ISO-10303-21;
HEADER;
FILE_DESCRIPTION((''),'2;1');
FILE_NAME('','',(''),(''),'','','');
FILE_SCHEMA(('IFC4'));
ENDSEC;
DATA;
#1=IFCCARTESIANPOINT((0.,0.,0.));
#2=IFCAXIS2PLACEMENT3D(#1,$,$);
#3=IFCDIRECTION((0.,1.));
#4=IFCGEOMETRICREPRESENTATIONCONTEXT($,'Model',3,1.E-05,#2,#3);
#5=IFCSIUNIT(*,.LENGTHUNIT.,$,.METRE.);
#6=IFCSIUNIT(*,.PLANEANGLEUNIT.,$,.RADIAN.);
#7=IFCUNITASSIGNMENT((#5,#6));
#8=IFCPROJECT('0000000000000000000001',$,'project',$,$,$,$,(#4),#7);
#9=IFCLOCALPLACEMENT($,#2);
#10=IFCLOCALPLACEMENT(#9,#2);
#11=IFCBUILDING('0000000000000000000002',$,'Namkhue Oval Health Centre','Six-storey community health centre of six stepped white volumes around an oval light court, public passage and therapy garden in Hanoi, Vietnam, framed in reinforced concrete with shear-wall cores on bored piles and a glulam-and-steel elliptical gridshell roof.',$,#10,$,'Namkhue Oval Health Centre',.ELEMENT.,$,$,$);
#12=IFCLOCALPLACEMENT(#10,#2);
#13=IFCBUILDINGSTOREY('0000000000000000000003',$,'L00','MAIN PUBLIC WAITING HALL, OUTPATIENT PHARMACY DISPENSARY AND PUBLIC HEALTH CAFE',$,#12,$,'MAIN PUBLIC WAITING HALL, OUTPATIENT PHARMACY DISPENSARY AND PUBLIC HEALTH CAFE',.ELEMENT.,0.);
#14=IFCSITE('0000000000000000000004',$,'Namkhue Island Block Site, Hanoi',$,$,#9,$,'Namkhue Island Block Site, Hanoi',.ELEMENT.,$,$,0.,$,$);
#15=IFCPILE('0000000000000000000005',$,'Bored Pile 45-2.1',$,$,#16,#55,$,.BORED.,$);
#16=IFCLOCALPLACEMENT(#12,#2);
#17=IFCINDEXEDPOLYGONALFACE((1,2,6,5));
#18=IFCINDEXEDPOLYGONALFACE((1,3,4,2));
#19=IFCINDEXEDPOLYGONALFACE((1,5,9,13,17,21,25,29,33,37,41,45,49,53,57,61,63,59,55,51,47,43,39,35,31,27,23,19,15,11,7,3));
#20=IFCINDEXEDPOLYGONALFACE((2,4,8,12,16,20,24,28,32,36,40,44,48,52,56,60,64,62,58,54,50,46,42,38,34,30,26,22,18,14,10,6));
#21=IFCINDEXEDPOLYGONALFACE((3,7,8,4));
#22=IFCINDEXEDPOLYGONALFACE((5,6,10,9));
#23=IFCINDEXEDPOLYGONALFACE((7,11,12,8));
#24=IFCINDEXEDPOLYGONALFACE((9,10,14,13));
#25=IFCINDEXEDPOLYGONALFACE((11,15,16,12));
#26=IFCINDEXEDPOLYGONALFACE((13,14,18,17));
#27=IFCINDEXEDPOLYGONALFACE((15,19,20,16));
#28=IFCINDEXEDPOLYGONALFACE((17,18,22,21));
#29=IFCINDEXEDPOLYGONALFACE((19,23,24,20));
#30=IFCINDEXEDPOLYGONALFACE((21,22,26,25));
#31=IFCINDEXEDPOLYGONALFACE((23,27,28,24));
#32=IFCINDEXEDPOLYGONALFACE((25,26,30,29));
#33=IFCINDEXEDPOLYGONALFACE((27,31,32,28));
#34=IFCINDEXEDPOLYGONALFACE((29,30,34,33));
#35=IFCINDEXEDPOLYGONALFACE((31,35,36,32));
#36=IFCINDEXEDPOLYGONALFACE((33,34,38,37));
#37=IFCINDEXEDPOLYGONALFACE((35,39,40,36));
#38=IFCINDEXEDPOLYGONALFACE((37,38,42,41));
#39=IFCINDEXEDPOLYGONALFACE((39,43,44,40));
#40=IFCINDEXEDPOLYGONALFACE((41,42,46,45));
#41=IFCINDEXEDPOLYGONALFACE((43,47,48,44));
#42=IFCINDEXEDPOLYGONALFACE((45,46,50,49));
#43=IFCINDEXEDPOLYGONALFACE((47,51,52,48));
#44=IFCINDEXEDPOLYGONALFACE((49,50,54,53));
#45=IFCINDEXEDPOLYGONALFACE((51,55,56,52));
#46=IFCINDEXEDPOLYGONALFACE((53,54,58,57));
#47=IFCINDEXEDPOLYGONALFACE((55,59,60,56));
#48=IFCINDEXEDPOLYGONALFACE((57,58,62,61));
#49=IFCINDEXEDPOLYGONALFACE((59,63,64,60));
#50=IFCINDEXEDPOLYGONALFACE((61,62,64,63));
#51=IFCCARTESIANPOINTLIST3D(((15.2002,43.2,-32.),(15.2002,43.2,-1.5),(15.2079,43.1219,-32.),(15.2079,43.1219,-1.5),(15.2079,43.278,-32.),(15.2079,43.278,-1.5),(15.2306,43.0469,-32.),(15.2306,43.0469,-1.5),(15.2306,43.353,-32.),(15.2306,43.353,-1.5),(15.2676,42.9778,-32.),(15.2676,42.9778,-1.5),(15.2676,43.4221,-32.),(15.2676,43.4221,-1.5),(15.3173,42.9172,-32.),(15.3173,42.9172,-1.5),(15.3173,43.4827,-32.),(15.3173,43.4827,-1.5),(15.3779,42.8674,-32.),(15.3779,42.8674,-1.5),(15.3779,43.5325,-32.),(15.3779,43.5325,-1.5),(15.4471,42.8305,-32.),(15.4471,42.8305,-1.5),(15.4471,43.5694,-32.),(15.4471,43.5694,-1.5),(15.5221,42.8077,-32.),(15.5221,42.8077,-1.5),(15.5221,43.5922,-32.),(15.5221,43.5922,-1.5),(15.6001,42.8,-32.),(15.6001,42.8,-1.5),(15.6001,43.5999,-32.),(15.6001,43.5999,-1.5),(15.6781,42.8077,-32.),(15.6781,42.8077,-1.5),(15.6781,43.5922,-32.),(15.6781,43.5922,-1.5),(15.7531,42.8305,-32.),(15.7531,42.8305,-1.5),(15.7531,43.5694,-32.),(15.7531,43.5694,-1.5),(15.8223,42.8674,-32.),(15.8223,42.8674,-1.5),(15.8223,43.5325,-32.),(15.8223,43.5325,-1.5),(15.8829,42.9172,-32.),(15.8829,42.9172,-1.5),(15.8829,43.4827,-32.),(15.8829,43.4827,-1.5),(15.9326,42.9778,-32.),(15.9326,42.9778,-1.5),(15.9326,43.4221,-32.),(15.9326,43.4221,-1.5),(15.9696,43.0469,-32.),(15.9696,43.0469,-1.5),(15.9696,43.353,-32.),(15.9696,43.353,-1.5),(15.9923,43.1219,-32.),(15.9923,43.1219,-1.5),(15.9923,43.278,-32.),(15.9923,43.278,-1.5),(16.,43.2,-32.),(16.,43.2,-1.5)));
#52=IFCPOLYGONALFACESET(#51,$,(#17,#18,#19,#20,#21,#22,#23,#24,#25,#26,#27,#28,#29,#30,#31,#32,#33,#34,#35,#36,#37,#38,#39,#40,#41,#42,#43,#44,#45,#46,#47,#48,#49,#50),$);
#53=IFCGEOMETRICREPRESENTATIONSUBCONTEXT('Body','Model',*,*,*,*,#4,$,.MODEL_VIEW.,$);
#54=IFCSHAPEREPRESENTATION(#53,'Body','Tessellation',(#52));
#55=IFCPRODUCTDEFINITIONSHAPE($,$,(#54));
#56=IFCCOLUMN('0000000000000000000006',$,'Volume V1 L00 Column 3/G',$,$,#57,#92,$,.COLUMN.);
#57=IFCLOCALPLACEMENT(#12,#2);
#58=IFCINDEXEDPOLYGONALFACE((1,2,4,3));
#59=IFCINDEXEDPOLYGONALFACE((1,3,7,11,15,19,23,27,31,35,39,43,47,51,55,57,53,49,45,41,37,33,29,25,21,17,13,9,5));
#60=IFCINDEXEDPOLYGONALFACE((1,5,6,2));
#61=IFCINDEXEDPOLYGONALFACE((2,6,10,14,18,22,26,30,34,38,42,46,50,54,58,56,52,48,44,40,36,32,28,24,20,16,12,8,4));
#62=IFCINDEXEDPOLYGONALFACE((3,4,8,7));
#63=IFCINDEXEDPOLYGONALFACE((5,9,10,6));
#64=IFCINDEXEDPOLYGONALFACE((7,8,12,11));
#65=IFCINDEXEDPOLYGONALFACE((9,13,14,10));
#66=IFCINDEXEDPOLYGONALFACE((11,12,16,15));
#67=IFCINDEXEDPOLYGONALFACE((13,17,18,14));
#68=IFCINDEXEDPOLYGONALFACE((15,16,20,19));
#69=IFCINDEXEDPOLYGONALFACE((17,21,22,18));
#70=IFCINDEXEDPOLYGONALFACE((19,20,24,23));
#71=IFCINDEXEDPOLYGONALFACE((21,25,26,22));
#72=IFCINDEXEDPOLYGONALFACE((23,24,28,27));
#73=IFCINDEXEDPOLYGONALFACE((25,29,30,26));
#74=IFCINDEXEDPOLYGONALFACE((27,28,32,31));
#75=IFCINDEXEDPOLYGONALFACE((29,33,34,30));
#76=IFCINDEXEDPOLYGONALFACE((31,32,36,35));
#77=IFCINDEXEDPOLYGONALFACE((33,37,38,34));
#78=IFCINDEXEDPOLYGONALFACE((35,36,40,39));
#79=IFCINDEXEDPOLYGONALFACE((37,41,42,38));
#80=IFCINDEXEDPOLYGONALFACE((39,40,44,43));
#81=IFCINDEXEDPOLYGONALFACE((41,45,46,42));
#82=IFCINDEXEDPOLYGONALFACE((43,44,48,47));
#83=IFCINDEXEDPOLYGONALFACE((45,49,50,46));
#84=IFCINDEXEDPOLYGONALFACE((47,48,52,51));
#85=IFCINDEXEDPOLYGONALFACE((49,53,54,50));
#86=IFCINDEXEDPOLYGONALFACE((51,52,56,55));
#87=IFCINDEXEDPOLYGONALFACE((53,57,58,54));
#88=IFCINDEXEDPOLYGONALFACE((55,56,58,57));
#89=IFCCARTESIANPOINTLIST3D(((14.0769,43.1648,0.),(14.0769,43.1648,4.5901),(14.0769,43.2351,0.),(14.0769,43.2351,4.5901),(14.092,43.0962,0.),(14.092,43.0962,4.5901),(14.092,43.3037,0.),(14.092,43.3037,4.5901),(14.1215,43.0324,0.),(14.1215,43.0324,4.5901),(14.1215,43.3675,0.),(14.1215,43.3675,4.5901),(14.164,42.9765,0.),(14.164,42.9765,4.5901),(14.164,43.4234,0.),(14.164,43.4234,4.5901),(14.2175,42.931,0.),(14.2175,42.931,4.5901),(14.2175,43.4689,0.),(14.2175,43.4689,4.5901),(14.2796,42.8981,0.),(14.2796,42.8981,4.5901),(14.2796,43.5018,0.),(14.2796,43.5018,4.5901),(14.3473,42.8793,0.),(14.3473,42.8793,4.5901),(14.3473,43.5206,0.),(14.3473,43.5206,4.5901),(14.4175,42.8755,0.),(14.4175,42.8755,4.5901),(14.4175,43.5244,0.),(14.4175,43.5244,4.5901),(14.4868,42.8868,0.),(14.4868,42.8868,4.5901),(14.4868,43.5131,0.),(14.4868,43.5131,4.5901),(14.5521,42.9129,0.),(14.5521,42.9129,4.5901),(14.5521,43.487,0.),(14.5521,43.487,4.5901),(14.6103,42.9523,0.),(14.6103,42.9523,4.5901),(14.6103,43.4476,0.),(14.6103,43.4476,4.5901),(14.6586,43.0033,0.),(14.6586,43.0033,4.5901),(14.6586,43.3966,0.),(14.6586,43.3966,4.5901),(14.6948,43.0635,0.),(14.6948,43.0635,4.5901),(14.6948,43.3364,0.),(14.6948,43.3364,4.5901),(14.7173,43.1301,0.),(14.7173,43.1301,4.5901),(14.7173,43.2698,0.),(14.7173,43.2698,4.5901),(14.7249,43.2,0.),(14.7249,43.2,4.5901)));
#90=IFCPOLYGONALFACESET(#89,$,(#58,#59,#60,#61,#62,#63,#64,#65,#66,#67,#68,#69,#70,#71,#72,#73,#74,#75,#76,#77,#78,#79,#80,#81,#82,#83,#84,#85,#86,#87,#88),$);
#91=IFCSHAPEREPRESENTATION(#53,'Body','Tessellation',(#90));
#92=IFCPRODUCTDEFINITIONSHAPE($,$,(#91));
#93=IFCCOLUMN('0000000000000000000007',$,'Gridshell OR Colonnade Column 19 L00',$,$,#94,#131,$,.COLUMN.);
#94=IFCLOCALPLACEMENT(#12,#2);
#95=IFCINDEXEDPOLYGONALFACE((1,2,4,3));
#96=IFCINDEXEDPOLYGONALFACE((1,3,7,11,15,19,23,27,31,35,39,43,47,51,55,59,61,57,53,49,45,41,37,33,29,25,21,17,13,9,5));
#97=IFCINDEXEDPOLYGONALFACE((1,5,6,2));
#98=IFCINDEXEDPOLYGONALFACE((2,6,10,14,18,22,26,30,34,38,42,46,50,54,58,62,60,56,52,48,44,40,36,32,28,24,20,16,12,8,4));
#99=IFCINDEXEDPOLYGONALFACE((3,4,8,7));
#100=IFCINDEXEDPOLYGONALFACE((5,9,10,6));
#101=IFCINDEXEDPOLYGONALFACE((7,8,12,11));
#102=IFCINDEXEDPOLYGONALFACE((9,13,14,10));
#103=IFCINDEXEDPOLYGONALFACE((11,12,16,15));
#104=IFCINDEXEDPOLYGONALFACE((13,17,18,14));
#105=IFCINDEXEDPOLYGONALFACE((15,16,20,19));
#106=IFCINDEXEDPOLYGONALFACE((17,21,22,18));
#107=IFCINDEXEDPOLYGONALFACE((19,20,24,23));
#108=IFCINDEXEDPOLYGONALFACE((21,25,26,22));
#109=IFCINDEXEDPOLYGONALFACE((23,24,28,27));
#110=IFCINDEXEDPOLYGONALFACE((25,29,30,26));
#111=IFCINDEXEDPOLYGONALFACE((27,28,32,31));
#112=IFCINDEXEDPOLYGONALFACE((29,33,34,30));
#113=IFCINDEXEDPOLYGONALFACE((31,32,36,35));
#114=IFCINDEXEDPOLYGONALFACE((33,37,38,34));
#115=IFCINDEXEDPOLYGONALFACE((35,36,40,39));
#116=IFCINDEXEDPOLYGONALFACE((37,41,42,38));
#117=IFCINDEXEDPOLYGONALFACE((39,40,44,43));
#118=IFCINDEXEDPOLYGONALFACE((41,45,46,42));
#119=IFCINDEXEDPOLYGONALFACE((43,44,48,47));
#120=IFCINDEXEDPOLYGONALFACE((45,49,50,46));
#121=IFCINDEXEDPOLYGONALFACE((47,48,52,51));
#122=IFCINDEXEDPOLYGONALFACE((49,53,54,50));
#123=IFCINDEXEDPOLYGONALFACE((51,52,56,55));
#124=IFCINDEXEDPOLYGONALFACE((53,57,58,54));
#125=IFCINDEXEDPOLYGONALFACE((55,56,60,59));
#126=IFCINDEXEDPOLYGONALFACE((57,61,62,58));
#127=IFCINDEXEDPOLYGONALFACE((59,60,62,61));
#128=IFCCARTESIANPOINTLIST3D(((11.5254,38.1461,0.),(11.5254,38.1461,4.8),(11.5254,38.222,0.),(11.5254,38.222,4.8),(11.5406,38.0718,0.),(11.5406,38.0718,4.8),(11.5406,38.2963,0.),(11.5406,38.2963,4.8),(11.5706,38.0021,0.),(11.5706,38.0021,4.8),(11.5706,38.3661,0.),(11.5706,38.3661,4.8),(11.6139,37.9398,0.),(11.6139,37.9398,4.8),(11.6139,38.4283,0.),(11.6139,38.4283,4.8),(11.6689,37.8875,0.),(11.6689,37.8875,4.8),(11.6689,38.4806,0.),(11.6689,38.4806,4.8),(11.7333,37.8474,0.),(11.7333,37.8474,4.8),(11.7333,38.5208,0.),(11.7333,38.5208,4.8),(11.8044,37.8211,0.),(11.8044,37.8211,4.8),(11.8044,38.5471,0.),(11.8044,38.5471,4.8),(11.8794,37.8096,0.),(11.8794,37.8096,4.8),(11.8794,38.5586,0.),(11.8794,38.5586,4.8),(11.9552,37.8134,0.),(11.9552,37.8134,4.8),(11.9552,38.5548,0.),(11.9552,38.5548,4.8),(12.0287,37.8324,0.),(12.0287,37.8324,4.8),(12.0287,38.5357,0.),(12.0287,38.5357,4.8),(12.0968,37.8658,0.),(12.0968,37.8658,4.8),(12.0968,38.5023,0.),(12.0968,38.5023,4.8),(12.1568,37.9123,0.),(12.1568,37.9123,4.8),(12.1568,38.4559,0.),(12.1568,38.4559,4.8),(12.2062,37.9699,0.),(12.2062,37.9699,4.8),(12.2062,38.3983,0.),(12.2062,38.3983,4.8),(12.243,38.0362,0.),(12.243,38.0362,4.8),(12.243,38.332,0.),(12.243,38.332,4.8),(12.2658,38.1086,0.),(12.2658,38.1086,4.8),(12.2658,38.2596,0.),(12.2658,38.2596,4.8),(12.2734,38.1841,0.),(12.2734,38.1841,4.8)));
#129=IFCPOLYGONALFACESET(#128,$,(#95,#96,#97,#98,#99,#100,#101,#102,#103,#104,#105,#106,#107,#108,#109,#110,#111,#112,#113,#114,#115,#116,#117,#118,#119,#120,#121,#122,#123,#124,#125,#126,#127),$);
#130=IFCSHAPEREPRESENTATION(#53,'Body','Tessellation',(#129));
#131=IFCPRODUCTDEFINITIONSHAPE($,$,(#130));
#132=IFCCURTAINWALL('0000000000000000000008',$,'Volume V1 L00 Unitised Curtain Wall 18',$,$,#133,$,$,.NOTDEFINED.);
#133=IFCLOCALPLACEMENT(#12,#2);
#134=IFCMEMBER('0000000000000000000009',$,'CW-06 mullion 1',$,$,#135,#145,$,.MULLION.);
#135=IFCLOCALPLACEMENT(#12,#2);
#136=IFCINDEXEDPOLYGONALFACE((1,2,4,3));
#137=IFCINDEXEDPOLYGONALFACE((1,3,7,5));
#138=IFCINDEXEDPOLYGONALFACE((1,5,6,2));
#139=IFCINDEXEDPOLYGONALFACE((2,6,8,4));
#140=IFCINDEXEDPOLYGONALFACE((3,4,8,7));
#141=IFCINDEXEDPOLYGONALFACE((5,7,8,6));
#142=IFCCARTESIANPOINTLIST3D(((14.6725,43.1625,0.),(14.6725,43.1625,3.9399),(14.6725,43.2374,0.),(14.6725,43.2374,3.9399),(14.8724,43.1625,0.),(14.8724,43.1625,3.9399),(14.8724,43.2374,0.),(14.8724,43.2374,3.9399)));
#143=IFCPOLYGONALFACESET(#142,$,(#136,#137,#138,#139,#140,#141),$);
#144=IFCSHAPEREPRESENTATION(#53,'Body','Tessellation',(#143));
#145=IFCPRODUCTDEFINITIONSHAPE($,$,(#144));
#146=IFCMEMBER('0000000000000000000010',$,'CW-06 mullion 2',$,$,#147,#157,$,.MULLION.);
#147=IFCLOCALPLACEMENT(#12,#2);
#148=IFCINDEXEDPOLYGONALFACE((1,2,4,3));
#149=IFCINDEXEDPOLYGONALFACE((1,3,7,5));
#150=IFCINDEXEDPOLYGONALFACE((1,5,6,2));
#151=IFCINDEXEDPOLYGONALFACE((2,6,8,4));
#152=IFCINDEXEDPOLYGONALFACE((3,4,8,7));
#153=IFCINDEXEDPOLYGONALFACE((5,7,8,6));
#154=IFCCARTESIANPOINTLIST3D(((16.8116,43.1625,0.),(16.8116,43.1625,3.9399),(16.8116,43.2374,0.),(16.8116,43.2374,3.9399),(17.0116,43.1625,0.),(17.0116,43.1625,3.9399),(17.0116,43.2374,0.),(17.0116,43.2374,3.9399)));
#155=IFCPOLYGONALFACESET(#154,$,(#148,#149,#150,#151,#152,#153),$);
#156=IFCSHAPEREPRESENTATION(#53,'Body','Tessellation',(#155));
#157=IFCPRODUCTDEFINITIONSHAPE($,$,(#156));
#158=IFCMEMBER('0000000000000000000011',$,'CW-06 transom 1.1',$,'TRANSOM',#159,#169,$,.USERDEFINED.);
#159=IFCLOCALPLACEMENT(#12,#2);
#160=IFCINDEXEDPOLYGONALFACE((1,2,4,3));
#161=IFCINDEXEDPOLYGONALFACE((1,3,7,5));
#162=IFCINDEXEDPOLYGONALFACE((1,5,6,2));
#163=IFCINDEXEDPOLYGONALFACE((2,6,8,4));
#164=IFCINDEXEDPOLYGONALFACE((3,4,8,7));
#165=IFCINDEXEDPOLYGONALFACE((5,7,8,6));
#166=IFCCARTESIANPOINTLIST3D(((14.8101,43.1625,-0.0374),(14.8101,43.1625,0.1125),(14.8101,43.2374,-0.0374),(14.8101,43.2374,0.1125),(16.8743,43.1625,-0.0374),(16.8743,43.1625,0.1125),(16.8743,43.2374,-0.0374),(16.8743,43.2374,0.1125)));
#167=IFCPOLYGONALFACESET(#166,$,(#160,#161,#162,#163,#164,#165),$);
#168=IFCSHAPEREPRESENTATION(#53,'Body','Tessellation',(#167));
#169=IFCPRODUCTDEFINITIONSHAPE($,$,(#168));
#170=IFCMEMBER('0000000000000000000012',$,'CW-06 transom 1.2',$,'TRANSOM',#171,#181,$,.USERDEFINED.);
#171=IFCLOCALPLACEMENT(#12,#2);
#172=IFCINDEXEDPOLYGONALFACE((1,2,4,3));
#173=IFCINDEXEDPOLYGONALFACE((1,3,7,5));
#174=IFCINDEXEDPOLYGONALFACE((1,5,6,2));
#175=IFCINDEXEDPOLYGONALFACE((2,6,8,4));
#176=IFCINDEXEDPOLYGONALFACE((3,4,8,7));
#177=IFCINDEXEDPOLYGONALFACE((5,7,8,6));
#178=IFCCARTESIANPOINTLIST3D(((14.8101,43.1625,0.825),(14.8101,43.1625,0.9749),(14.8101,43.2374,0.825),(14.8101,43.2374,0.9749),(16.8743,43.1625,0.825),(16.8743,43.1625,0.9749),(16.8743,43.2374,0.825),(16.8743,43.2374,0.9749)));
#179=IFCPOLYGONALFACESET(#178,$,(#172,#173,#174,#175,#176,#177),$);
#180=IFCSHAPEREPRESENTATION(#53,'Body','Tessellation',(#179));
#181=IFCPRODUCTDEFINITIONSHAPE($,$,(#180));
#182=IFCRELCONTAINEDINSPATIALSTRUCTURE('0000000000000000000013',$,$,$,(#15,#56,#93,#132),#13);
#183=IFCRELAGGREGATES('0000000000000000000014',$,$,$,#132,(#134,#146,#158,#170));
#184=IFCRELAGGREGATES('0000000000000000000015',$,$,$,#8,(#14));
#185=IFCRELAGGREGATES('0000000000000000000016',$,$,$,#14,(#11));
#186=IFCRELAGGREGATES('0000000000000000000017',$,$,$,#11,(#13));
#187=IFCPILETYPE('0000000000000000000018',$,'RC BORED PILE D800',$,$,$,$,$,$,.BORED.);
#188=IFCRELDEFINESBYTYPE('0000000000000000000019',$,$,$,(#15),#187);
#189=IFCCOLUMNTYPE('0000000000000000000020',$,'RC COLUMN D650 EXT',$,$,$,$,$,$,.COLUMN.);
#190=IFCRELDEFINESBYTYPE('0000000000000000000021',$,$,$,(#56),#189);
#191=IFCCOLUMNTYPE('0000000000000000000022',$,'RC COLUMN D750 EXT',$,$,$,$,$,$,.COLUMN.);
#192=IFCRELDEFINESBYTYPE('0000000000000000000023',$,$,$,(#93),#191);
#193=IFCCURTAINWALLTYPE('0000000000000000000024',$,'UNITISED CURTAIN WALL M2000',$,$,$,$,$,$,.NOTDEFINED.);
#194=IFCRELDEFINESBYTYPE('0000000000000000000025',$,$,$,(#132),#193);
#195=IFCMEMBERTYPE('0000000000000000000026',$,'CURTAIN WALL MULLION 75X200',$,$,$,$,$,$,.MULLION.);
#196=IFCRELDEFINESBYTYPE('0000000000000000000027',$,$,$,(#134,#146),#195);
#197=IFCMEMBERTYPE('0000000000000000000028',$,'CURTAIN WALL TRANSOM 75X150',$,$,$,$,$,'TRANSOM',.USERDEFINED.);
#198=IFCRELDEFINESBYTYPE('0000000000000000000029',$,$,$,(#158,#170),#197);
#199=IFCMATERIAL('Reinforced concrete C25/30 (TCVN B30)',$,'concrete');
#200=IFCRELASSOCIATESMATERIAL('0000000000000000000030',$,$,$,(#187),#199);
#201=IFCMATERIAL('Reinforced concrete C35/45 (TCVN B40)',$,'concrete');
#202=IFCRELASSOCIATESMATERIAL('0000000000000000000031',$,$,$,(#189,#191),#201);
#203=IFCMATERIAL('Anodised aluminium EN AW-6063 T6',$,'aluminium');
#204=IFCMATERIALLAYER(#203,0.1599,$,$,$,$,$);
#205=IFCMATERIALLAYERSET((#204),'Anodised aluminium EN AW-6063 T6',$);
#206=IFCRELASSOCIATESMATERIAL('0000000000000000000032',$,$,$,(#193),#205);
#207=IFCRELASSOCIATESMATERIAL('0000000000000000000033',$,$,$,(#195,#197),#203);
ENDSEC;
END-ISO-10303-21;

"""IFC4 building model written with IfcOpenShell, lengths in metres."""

from ifc_helpers import new_model, si_unit, direction, frame, origin, origin_2d, place, context, subcontext, project, spatial, rectangle, circle, extrude, material, layer, layer_set, material_profile, profile_set, type_object, element, aggregate, save


model = new_model("IFC4")

# Units and contexts
model_context = context("Model", 3, precision=1e-05, world=origin(), true_north=direction((0.0, 1.0)))
body_context = subcontext(model_context, "Body", "Model", "MODEL_VIEW")
ifc_project = project(units=[si_unit("LENGTHUNIT", "METRE"), si_unit("PLANEANGLEUNIT", "RADIAN")], contexts=[model_context])

# Site, building, storey
site_placement = place(None, origin())
site = spatial("IfcSite", under=ifc_project, at=site_placement, Name="Namkhue Island Block Site, Hanoi", LongName="Namkhue Island Block Site, Hanoi", CompositionType="ELEMENT", RefElevation=0.0)
building_placement = place(site_placement, origin())
building = spatial("IfcBuilding", under=site, at=building_placement, Name="Namkhue Oval Health Centre", Description="Six-storey community health centre of six stepped white volumes around an oval light court, public passage and therapy garden in Hanoi, Vietnam, framed in reinforced concrete with shear-wall cores on bored piles and a glulam-and-steel elliptical gridshell roof.", LongName="Namkhue Oval Health Centre", CompositionType="ELEMENT")
storey_placement = place(building_placement, origin())
storey = spatial("IfcBuildingStorey", under=building, at=storey_placement, Name="L00", Description="MAIN PUBLIC WAITING HALL, OUTPATIENT PHARMACY DISPENSARY AND PUBLIC HEALTH CAFE", LongName="MAIN PUBLIC WAITING HALL, OUTPATIENT PHARMACY DISPENSARY AND PUBLIC HEALTH CAFE", CompositionType="ELEMENT", Elevation=0.0)

# Pile
ifc_material_1 = material(Name="Reinforced concrete C25/30 (TCVN B30)", Category="concrete")
ifc_material_profile_1 = material_profile(ifc_material_1, circle(Radius=0.3999, at=origin_2d()), Name="BORED PILE D800")
ifc_profile_set_1 = profile_set([ifc_material_profile_1], Name="Reinforced concrete C25/30 (TCVN B30)")
pile_type = type_object("IfcPileType", Name="RC BORED PILE D800", PredefinedType="BORED", material=ifc_profile_set_1)
for number, where, z_axis, x_axis, name in (
    (1, (15.6001, 43.2, -1.5), (0.0, 0.0, -1.0), (1.0, 0.0, 0.0), "Bored Pile 45-2.1"),
):
    element("IfcPile", number, at=place(storey_placement, frame(where, z_axis=z_axis, x_axis=x_axis)), inside=storey, type_object=pile_type, Name=name, PredefinedType="BORED", context=body_context, shape_type="SweptSolid", body=[
        extrude(circle(Radius=0.3999, at=origin_2d()), origin(), (0.0, 0.0, 1.0), 30.5),
    ])

# Columns
ifc_material_2 = material(Name="Reinforced concrete C35/45 (TCVN B40)", Category="concrete")
ifc_material_profile_2 = material_profile(ifc_material_2, circle(Radius=0.325, at=origin_2d()), Name="RC D650")
ifc_profile_set_2 = profile_set([ifc_material_profile_2], Name="Reinforced concrete C35/45 (TCVN B40)")
column_type_1 = type_object("IfcColumnType", Name="RC COLUMN D650 EXT", PredefinedType="COLUMN", material=ifc_profile_set_2)
column_1_placement = place(storey_placement, frame((14.3999, 43.2, 0.0), z_axis=(0.0, 0.0, 1.0), x_axis=(1.0, 0.0, 0.0)))
element("IfcColumn", 2, at=column_1_placement, inside=storey, type_object=column_type_1, Name="Volume V1 L00 Column 3/G", PredefinedType="COLUMN", context=body_context, shape_type="SweptSolid", body=[
    extrude(circle(Radius=0.325, at=origin_2d()), origin(), (0.0, 0.0, 1.0), 4.5901),
])
ifc_material_profile_3 = material_profile(ifc_material_2, circle(Radius=0.375, at=origin_2d()), Name="RC D750")
ifc_profile_set_3 = profile_set([ifc_material_profile_3], Name="Reinforced concrete C35/45 (TCVN B40)")
column_type_2 = type_object("IfcColumnType", Name="RC COLUMN D750 EXT", PredefinedType="COLUMN", material=ifc_profile_set_3)
column_2_placement = place(storey_placement, frame((11.8984, 38.1841, 0.0), z_axis=(0.0, 0.0, 1.0), x_axis=(1.0, 0.0, 0.0)))
element("IfcColumn", 3, at=column_2_placement, inside=storey, type_object=column_type_2, Name="Gridshell OR Colonnade Column 19 L00", PredefinedType="COLUMN", context=body_context, shape_type="SweptSolid", body=[
    extrude(circle(Radius=0.375, at=origin_2d()), origin(), (0.0, 0.0, 1.0), 4.8),
])

# Curtain wall, members
ifc_material_3 = material(Name="Anodised aluminium EN AW-6063 T6", Category="aluminium")
ifc_layer_1 = layer(ifc_material_3, 0.1599)
ifc_layer_set_1 = layer_set([ifc_layer_1], Name="Anodised aluminium EN AW-6063 T6")
curtain_wall_type = type_object("IfcCurtainWallType", Name="UNITISED CURTAIN WALL M2000", PredefinedType="NOTDEFINED", material=ifc_layer_set_1)
curtain_wall_placement = place(storey_placement, origin())
curtain_wall = element("IfcCurtainWall", 4, at=curtain_wall_placement, inside=storey, type_object=curtain_wall_type, Name="Volume V1 L00 Unitised Curtain Wall 18", PredefinedType="NOTDEFINED")
ifc_material_profile_4 = material_profile(ifc_material_3, rectangle(XDim=0.075, YDim=0.2, at=origin_2d()), Name="ALU 75x200")
ifc_profile_set_4 = profile_set([ifc_material_profile_4], Name="Anodised aluminium EN AW-6063 T6")
member_type_1 = type_object("IfcMemberType", Name="CURTAIN WALL MULLION 75X200", PredefinedType="MULLION", material=ifc_profile_set_4)
member_1_placement = place(storey_placement, frame((14.7725, 43.2, 0.0), z_axis=(0.0, 0.0, 1.0), x_axis=(0.0, 1.0, 0.0)))
member_1 = element("IfcMember", 5, at=member_1_placement, type_object=member_type_1, Name="CW-06 mullion 1", PredefinedType="MULLION", context=body_context, shape_type="SweptSolid", body=[
    extrude(rectangle(XDim=0.075, YDim=0.2, at=origin_2d()), origin(), (0.0, 0.0, 1.0), 3.9399),
])
member_2_placement = place(storey_placement, frame((16.9116, 43.2, 0.0), z_axis=(0.0, 0.0, 1.0), x_axis=(0.0, 1.0, 0.0)))
member_2 = element("IfcMember", 6, at=member_2_placement, type_object=member_type_1, Name="CW-06 mullion 2", PredefinedType="MULLION", context=body_context, shape_type="SweptSolid", body=[
    extrude(rectangle(XDim=0.075, YDim=0.2, at=origin_2d()), origin(), (0.0, 0.0, 1.0), 3.9399),
])
ifc_material_profile_5 = material_profile(ifc_material_3, rectangle(XDim=0.075, YDim=0.1499, at=origin_2d()), Name="ALU 75x150")
ifc_profile_set_5 = profile_set([ifc_material_profile_5], Name="Anodised aluminium EN AW-6063 T6")
member_type_2 = type_object("IfcMemberType", Name="CURTAIN WALL TRANSOM 75X150", ElementType="TRANSOM", PredefinedType="USERDEFINED", material=ifc_profile_set_5)
member_3_placement = place(storey_placement, frame((14.8101, 43.2, 0.0376), z_axis=(1.0, 0.0, 0.0), x_axis=(0.0, 1.0, 0.0)))
member_3 = element("IfcMember", 7, at=member_3_placement, type_object=member_type_2, Name="CW-06 transom 1.1", ObjectType="TRANSOM", PredefinedType="USERDEFINED", context=body_context, shape_type="SweptSolid", body=[
    extrude(rectangle(XDim=0.075, YDim=0.1499, at=origin_2d()), origin(), (0.0, 0.0, 1.0), 2.0642),
])
member_4_placement = place(storey_placement, frame((14.8101, 43.2, 0.8999), z_axis=(1.0, 0.0, 0.0), x_axis=(0.0, 1.0, 0.0)))
member_4 = element("IfcMember", 8, at=member_4_placement, type_object=member_type_2, Name="CW-06 transom 1.2", ObjectType="TRANSOM", PredefinedType="USERDEFINED", context=body_context, shape_type="SweptSolid", body=[
    extrude(rectangle(XDim=0.075, YDim=0.1499, at=origin_2d()), origin(), (0.0, 0.0, 1.0), 2.0642),
])

aggregate(curtain_wall, [member_1, member_2, member_3, member_4])

save(model, "model.ifc")
